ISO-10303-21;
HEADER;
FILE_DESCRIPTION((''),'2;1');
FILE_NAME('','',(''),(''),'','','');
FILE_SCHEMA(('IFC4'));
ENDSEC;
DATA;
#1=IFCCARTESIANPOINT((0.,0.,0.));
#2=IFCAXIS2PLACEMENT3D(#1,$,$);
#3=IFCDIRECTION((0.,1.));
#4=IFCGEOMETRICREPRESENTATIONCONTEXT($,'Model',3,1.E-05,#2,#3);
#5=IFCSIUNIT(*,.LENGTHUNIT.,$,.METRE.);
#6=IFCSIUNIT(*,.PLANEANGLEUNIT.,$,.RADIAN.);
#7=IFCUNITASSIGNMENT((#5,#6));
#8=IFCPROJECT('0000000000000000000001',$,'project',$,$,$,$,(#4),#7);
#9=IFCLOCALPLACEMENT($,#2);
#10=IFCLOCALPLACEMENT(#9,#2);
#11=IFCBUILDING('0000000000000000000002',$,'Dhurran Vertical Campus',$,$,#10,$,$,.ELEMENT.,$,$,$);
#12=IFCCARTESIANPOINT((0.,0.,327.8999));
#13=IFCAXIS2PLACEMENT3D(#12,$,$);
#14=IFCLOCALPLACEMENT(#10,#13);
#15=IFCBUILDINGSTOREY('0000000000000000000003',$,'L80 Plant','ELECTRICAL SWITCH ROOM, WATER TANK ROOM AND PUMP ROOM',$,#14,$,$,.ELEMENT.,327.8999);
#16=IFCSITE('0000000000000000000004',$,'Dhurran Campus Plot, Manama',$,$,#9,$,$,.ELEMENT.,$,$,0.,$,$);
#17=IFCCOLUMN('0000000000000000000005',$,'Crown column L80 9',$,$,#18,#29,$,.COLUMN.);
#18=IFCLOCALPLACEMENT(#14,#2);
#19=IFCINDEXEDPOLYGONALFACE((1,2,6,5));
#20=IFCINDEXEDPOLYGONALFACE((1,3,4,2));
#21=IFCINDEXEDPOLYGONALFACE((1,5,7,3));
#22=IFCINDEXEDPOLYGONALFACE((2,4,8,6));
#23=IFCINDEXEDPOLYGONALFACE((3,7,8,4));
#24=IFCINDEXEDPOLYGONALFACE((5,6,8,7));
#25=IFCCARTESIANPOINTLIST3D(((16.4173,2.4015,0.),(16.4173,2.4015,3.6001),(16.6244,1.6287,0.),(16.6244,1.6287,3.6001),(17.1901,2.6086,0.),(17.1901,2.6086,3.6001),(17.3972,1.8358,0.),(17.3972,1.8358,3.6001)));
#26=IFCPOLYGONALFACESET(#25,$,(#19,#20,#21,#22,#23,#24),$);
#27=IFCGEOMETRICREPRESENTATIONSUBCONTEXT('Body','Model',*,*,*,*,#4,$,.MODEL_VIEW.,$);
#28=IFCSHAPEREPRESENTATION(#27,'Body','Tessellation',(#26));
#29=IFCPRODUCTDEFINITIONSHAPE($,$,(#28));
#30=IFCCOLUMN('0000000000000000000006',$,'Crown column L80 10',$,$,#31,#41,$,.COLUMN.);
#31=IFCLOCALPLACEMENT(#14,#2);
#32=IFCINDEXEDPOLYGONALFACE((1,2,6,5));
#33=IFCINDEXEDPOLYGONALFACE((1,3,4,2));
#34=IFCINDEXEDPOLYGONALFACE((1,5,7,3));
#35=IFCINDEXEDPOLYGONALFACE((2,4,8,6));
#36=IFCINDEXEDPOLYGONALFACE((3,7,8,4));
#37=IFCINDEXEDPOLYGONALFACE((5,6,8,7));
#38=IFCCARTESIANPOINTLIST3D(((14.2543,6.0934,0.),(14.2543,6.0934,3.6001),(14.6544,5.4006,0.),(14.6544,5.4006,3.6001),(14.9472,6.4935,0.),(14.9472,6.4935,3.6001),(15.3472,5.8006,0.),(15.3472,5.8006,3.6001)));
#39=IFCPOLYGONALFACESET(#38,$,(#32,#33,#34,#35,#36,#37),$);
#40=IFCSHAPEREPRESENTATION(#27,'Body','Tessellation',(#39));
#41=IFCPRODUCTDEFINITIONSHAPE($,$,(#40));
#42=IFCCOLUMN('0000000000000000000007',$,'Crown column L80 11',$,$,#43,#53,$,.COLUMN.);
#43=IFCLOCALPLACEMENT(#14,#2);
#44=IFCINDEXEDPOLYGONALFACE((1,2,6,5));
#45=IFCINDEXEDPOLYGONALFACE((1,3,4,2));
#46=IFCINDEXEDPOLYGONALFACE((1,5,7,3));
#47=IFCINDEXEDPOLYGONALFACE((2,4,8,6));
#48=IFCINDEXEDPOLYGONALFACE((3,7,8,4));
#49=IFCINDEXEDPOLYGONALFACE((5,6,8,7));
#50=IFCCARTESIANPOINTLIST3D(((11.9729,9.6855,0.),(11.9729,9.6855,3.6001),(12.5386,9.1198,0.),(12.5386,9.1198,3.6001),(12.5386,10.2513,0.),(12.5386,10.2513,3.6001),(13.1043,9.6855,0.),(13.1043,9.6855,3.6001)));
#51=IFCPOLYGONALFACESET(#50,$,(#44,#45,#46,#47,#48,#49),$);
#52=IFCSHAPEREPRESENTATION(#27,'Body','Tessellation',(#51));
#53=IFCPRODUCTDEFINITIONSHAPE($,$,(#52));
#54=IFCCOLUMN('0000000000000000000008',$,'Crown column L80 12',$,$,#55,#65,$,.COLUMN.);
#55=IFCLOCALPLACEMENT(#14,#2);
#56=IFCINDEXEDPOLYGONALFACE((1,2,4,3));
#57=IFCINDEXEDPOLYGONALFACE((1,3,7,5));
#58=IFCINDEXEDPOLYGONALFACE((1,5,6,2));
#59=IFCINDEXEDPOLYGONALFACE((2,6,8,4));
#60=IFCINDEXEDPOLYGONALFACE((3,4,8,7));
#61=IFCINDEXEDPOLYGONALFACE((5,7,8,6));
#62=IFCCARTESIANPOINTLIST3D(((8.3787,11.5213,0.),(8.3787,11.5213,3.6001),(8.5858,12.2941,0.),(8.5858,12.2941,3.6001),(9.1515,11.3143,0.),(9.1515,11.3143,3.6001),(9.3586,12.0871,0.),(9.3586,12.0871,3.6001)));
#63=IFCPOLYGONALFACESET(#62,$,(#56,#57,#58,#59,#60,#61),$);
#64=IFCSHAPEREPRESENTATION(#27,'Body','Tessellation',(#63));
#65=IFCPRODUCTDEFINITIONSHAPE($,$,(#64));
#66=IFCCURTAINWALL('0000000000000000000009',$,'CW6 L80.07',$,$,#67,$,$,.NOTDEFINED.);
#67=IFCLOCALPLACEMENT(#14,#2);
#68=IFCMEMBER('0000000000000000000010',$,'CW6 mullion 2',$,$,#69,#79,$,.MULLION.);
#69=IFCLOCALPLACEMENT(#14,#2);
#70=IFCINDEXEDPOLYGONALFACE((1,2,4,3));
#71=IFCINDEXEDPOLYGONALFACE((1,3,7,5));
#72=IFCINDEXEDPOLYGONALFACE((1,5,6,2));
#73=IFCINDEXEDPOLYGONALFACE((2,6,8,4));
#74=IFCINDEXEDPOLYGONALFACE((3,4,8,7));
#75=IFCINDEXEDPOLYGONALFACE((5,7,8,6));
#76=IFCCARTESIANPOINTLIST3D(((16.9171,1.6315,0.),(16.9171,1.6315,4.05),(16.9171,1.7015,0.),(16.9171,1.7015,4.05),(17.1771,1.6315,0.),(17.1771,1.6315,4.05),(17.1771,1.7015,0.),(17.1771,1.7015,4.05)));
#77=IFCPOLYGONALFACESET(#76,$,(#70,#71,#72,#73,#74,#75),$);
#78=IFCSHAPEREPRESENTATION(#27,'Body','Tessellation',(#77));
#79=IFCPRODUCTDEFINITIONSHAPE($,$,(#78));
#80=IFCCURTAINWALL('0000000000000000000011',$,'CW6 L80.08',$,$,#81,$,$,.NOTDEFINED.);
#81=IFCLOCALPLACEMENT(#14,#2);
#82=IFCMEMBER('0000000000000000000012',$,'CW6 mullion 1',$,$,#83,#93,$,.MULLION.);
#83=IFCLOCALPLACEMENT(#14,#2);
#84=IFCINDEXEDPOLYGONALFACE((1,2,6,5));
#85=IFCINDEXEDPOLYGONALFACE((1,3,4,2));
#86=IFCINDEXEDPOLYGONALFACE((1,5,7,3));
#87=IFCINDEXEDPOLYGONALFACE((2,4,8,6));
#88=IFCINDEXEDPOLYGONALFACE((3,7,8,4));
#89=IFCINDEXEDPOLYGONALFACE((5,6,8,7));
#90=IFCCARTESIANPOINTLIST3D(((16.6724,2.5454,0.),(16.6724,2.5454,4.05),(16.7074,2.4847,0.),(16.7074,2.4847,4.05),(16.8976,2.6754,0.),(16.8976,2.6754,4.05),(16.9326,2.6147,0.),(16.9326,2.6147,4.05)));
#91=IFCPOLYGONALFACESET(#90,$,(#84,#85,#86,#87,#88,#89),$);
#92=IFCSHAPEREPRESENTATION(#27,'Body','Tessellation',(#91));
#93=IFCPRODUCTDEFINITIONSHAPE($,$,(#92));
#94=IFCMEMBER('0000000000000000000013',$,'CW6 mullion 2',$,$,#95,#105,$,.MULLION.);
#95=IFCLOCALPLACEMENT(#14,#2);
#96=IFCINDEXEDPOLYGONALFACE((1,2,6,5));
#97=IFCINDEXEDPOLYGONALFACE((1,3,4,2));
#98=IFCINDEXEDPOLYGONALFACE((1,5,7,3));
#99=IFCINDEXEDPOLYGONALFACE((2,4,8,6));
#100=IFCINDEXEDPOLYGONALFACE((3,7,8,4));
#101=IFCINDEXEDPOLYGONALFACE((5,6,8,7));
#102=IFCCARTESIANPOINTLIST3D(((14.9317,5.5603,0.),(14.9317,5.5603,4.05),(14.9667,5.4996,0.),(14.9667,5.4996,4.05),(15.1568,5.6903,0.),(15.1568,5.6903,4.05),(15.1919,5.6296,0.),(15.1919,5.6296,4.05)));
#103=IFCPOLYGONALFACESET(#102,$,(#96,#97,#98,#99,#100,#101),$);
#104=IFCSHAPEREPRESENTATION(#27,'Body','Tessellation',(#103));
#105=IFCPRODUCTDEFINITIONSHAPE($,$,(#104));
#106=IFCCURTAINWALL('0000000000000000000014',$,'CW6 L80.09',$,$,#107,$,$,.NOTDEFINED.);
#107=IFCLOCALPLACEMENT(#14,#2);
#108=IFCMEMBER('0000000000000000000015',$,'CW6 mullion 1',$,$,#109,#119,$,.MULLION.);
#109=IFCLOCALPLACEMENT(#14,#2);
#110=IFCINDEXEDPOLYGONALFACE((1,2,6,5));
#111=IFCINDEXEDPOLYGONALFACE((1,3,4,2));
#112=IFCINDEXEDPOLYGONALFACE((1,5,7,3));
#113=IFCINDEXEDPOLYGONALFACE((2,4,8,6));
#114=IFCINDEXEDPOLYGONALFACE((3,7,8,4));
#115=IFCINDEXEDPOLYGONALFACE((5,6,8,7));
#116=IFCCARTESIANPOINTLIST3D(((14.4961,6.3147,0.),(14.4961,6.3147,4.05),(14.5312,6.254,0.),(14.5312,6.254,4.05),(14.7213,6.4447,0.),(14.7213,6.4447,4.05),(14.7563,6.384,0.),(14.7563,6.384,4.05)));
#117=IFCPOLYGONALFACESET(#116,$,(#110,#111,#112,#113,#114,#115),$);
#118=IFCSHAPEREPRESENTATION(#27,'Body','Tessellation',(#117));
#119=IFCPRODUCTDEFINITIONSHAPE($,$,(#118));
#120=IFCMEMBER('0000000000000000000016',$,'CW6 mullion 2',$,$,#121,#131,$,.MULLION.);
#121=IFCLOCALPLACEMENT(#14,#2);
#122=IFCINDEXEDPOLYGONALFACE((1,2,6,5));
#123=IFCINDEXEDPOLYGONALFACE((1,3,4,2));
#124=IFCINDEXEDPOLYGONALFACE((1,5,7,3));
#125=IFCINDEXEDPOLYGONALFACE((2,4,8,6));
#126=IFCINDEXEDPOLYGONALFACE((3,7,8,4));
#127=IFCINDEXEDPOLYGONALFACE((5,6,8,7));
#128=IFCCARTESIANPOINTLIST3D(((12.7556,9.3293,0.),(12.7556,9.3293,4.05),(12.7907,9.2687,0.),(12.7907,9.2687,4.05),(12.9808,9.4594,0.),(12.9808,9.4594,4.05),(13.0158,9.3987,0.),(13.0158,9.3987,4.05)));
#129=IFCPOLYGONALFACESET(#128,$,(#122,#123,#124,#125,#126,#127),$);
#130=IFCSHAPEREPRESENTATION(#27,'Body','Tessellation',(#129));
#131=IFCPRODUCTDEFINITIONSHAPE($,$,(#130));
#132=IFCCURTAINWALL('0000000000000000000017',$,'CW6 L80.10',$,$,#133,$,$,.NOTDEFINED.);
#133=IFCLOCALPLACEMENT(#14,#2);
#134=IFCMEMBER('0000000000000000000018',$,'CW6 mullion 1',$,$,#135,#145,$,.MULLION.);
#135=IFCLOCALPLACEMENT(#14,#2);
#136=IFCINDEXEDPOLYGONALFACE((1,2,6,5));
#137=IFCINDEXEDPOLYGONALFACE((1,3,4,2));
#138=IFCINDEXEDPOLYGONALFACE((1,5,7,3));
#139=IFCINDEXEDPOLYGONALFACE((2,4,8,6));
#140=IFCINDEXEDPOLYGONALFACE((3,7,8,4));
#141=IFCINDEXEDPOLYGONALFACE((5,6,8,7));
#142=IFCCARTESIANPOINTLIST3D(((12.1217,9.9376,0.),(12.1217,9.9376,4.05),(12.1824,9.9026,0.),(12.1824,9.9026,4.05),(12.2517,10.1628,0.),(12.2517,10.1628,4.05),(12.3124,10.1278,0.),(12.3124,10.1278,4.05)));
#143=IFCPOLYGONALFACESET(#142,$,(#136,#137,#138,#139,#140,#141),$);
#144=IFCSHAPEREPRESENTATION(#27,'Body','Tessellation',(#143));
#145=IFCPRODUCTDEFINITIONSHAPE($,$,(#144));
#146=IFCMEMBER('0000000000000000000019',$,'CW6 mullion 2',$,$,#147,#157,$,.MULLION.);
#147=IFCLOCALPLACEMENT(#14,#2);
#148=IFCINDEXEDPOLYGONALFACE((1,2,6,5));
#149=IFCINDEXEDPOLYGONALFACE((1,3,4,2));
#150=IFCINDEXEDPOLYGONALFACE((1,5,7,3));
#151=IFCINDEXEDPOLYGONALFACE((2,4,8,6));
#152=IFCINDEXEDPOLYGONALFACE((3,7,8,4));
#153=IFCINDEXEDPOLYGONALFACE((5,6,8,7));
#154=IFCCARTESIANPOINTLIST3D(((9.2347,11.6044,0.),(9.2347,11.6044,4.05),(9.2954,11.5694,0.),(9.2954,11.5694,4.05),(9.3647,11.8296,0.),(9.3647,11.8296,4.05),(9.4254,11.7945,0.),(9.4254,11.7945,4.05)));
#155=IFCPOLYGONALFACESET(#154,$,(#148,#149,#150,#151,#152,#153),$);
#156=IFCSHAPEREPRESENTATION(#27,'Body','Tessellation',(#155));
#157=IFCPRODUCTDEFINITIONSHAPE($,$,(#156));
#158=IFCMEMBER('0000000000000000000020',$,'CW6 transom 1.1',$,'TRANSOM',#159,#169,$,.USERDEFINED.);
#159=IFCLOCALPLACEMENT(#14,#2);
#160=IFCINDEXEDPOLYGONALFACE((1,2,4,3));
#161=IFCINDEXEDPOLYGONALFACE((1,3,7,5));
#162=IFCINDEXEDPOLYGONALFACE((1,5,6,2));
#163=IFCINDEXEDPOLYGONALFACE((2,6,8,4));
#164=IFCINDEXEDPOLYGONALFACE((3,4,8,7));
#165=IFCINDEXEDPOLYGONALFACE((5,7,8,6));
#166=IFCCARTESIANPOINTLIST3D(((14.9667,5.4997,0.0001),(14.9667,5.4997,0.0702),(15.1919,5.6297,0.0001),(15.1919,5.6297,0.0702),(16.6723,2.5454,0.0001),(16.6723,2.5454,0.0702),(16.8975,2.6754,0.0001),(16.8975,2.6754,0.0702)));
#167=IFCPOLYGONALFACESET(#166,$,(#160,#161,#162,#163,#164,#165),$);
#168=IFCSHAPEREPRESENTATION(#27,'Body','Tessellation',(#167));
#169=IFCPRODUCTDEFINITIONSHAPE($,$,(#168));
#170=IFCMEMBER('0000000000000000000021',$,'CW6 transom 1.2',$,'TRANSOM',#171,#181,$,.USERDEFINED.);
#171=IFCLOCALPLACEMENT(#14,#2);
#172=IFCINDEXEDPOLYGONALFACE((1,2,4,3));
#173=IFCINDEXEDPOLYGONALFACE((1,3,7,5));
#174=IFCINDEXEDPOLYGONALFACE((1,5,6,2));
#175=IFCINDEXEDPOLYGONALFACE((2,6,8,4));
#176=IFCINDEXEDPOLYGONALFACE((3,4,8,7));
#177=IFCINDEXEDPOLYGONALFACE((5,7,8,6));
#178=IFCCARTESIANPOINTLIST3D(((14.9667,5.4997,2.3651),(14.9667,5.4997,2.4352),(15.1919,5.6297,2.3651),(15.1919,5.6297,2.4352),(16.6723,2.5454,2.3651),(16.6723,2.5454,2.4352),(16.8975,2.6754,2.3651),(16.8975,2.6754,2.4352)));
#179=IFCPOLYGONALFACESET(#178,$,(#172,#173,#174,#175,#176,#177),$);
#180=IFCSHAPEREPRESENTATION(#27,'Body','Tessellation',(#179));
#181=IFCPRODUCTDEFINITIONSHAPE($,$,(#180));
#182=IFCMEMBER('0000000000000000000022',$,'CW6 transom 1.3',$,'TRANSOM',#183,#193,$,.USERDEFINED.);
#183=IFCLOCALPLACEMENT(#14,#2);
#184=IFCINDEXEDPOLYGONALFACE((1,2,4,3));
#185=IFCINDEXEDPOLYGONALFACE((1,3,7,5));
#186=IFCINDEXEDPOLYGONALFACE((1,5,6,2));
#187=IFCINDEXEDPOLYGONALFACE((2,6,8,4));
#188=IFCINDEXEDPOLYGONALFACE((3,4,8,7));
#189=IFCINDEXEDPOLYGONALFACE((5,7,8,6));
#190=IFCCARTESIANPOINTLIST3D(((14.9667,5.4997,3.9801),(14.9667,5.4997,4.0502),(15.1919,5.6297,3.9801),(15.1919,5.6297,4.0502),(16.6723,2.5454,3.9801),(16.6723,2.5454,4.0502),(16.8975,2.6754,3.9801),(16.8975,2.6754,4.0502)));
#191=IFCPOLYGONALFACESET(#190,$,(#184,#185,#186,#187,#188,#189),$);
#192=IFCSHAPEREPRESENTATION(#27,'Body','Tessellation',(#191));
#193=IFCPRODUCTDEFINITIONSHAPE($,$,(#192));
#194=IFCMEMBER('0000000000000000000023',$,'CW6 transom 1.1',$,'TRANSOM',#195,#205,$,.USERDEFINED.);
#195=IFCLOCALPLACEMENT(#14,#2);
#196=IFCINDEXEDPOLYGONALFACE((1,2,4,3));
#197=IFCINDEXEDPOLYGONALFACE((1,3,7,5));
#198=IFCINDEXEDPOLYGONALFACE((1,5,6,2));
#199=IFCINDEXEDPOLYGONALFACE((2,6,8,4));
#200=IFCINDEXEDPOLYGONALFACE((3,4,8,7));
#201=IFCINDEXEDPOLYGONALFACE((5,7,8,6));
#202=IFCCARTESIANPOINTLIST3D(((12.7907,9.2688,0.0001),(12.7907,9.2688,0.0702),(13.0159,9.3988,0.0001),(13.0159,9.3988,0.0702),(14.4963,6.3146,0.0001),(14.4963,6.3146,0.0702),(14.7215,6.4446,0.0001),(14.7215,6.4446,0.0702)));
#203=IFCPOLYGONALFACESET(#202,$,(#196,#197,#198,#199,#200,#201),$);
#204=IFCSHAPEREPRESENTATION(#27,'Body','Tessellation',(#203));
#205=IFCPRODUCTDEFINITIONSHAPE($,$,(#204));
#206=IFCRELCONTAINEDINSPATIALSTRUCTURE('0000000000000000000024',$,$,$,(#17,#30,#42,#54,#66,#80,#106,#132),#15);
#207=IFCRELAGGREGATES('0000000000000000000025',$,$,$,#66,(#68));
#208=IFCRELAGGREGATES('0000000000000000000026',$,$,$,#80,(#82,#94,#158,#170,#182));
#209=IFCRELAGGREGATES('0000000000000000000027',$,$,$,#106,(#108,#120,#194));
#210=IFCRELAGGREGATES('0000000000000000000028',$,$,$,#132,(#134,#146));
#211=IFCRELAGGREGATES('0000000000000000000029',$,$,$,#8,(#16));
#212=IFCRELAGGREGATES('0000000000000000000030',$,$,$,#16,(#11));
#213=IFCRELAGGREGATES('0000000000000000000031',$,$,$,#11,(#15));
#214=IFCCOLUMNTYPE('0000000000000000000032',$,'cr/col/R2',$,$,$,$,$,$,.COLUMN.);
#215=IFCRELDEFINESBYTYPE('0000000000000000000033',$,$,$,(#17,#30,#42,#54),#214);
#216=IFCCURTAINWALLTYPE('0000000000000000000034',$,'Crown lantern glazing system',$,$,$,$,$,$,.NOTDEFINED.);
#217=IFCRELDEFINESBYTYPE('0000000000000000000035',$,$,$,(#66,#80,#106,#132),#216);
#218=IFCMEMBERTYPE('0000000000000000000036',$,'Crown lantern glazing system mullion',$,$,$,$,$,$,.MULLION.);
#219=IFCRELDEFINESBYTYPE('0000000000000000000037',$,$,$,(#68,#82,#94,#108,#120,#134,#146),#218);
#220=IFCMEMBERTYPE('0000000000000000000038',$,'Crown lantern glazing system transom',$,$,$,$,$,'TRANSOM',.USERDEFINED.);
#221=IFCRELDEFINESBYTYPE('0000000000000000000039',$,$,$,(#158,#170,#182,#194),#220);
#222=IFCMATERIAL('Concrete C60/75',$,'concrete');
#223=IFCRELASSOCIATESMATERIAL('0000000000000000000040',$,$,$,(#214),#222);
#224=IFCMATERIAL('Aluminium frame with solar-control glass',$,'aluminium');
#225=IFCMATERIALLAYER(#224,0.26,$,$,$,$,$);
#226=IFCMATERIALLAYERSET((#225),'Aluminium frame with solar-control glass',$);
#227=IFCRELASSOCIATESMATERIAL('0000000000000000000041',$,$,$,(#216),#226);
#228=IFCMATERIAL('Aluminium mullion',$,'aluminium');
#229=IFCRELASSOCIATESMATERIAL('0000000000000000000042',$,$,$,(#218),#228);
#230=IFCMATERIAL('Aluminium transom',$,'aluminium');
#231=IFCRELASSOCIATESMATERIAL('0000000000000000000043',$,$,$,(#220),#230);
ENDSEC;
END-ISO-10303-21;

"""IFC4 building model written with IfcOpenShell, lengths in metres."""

from ifc_helpers import new_model, si_unit, direction, frame, origin, origin_2d, place, context, subcontext, project, spatial, rectangle, extrude, material, layer, layer_set, material_profile, profile_set, type_object, element, aggregate, save


model = new_model("IFC4")

# Units and contexts
model_context = context("Model", 3, precision=1e-05, world=origin(), true_north=direction((0.0, 1.0)))
body_context = subcontext(model_context, "Body", "Model", "MODEL_VIEW")
ifc_project = project(units=[si_unit("LENGTHUNIT", "METRE"), si_unit("PLANEANGLEUNIT", "RADIAN")], contexts=[model_context])

# Site, building, storey
site_placement = place(None, origin())
site = spatial("IfcSite", under=ifc_project, at=site_placement, Name="Dhurran Campus Plot, Manama", CompositionType="ELEMENT", RefElevation=0.0)
building_placement = place(site_placement, origin())
building = spatial("IfcBuilding", under=site, at=building_placement, Name="Dhurran Vertical Campus", CompositionType="ELEMENT")
storey_placement = place(building_placement, frame((0.0, 0.0, 327.8999)))
storey = spatial("IfcBuildingStorey", under=building, at=storey_placement, Name="L80 Plant", Description="ELECTRICAL SWITCH ROOM, WATER TANK ROOM AND PUMP ROOM", CompositionType="ELEMENT", Elevation=327.8999)

# Columns
ifc_material_1 = material(Name="Concrete C60/75", Category="concrete")
ifc_material_profile_1 = material_profile(ifc_material_1, rectangle(XDim=0.8, YDim=0.8, at=origin_2d()), Name="cr/col/R2")
ifc_profile_set_1 = profile_set([ifc_material_profile_1], Name="Concrete C60/75")
column_type = type_object("IfcColumnType", Name="cr/col/R2", PredefinedType="COLUMN", material=ifc_profile_set_1)
for number, where, z_axis, x_axis, name in (
    (1, (16.9072, 2.1187, 0.0), (0.0, 0.0, 1.0), (-0.258819, 0.965926, 0.0), "Crown column L80 9"),
    (2, (14.8008, 5.947, 0.0), (0.0, 0.0, 1.0), (-0.5, 0.866025, 0.0), "Crown column L80 10"),
    (3, (12.5386, 9.6855, 0.0), (0.0, 0.0, 1.0), (-0.707107, 0.707107, 0.0), "Crown column L80 11"),
    (4, (8.8687, 11.8042, 0.0), (0.0, 0.0, 1.0), (-0.965926, 0.258819, 0.0), "Crown column L80 12"),
):
    element("IfcColumn", number, at=place(storey_placement, frame(where, z_axis=z_axis, x_axis=x_axis)), inside=storey, type_object=column_type, Name=name, PredefinedType="COLUMN", context=body_context, shape_type="SweptSolid", body=[
        extrude(rectangle(XDim=0.8, YDim=0.8, at=origin_2d()), origin(), (0.0, 0.0, 1.0), 3.6001),
    ])

# Curtain wall, member
ifc_material_2 = material(Name="Aluminium frame with solar-control glass", Category="aluminium")
ifc_layer_1 = layer(ifc_material_2, 0.26)
ifc_layer_set_1 = layer_set([ifc_layer_1], Name="Aluminium frame with solar-control glass")
curtain_wall_type = type_object("IfcCurtainWallType", Name="Crown lantern glazing system", PredefinedType="NOTDEFINED", material=ifc_layer_set_1)
curtain_wall_1_placement = place(storey_placement, origin())
curtain_wall_1 = element("IfcCurtainWall", 5, at=curtain_wall_1_placement, inside=storey, type_object=curtain_wall_type, Name="CW6 L80.07", PredefinedType="NOTDEFINED")
ifc_material_3 = material(Name="Aluminium mullion", Category="aluminium")
ifc_material_profile_2 = material_profile(ifc_material_3, rectangle(XDim=0.26, YDim=0.0701, at=origin_2d()), Name="Crown lantern glazing system mullion")
ifc_profile_set_2 = profile_set([ifc_material_profile_2], Name="Aluminium mullion")
member_type_1 = type_object("IfcMemberType", Name="Crown lantern glazing system mullion", PredefinedType="MULLION", material=ifc_profile_set_2)
member_1_placement = place(storey_placement, frame((17.0471, 1.6665, 0.0), z_axis=(0.0, 0.0, 1.0), x_axis=(-1.0, 0.0, 0.0)))
member_1 = element("IfcMember", 6, at=member_1_placement, type_object=member_type_1, Name="CW6 mullion 2", PredefinedType="MULLION", context=body_context, shape_type="SweptSolid", body=[
    extrude(rectangle(XDim=0.26, YDim=0.0701, at=origin_2d()), origin(), (0.0, 0.0, 1.0), 4.05),
])

# Curtain walls, members
curtain_wall_2_placement = place(storey_placement, origin())
curtain_wall_2 = element("IfcCurtainWall", 7, at=curtain_wall_2_placement, inside=storey, type_object=curtain_wall_type, Name="CW6 L80.08", PredefinedType="NOTDEFINED")
member_2_placement = place(storey_placement, frame((16.8025, 2.5801, 0.0), z_axis=(0.0, 0.0, 1.0), x_axis=(-0.86603, -0.499991, 0.0)))
member_2 = element("IfcMember", 8, at=member_2_placement, type_object=member_type_1, Name="CW6 mullion 1", PredefinedType="MULLION", context=body_context, shape_type="SweptSolid", body=[
    extrude(rectangle(XDim=0.26, YDim=0.0701, at=origin_2d()), origin(), (0.0, 0.0, 1.0), 4.05),
])
member_3_placement = place(storey_placement, frame((15.0618, 5.595, 0.0), z_axis=(0.0, 0.0, 1.0), x_axis=(-0.86603, -0.499991, 0.0)))
member_3 = element("IfcMember", 9, at=member_3_placement, type_object=member_type_1, Name="CW6 mullion 2", PredefinedType="MULLION", context=body_context, shape_type="SweptSolid", body=[
    extrude(rectangle(XDim=0.26, YDim=0.0701, at=origin_2d()), origin(), (0.0, 0.0, 1.0), 4.05),
])
curtain_wall_3_placement = place(storey_placement, origin())
curtain_wall_3 = element("IfcCurtainWall", 10, at=curtain_wall_3_placement, inside=storey, type_object=curtain_wall_type, Name="CW6 L80.09", PredefinedType="NOTDEFINED")
member_4_placement = place(storey_placement, frame((14.6262, 6.3494, 0.0), z_axis=(0.0, 0.0, 1.0), x_axis=(-0.866016, -0.500016, 0.0)))
member_4 = element("IfcMember", 11, at=member_4_placement, type_object=member_type_1, Name="CW6 mullion 1", PredefinedType="MULLION", context=body_context, shape_type="SweptSolid", body=[
    extrude(rectangle(XDim=0.26, YDim=0.0701, at=origin_2d()), origin(), (0.0, 0.0, 1.0), 4.05),
])
member_5_placement = place(storey_placement, frame((12.8857, 9.364, 0.0), z_axis=(0.0, 0.0, 1.0), x_axis=(-0.866016, -0.500016, 0.0)))
member_5 = element("IfcMember", 12, at=member_5_placement, type_object=member_type_1, Name="CW6 mullion 2", PredefinedType="MULLION", context=body_context, shape_type="SweptSolid", body=[
    extrude(rectangle(XDim=0.26, YDim=0.0701, at=origin_2d()), origin(), (0.0, 0.0, 1.0), 4.05),
])
curtain_wall_4_placement = place(storey_placement, origin())
curtain_wall_4 = element("IfcCurtainWall", 13, at=curtain_wall_4_placement, inside=storey, type_object=curtain_wall_type, Name="CW6 L80.10", PredefinedType="NOTDEFINED")
member_6_placement = place(storey_placement, frame((12.217, 10.0327, 0.0), z_axis=(0.0, 0.0, 1.0), x_axis=(-0.499991, -0.86603, 0.0)))
member_6 = element("IfcMember", 14, at=member_6_placement, type_object=member_type_1, Name="CW6 mullion 1", PredefinedType="MULLION", context=body_context, shape_type="SweptSolid", body=[
    extrude(rectangle(XDim=0.26, YDim=0.0701, at=origin_2d()), origin(), (0.0, 0.0, 1.0), 4.05),
])
member_7_placement = place(storey_placement, frame((9.3301, 11.6995, 0.0), z_axis=(0.0, 0.0, 1.0), x_axis=(-0.499991, -0.86603, 0.0)))
member_7 = element("IfcMember", 15, at=member_7_placement, type_object=member_type_1, Name="CW6 mullion 2", PredefinedType="MULLION", context=body_context, shape_type="SweptSolid", body=[
    extrude(rectangle(XDim=0.26, YDim=0.0701, at=origin_2d()), origin(), (0.0, 0.0, 1.0), 4.05),
])

# Members
ifc_material_4 = material(Name="Aluminium transom", Category="aluminium")
ifc_material_profile_3 = material_profile(ifc_material_4, rectangle(XDim=0.26, YDim=0.0701, at=origin_2d()), Name="Crown lantern glazing system transom")
ifc_profile_set_3 = profile_set([ifc_material_profile_3], Name="Aluminium transom")
member_type_2 = type_object("IfcMemberType", Name="Crown lantern glazing system transom", ElementType="TRANSOM", PredefinedType="USERDEFINED", material=ifc_profile_set_3)
member_8_placement = place(storey_placement, frame((16.7849, 2.6104, 0.0352), z_axis=(-0.499972, 0.866041, 0.0), x_axis=(-0.866041, -0.499972, 0.0)))
member_8 = element("IfcMember", 16, at=member_8_placement, type_object=member_type_2, Name="CW6 transom 1.1", ObjectType="TRANSOM", PredefinedType="USERDEFINED", context=body_context, shape_type="SweptSolid", body=[
    extrude(rectangle(XDim=0.26, YDim=0.0701, at=origin_2d()), origin(), (0.0, 0.0, 1.0), 3.4114),
])
member_9_placement = place(storey_placement, frame((16.7849, 2.6104, 2.4001), z_axis=(-0.499972, 0.866041, 0.0), x_axis=(-0.866041, -0.499972, 0.0)))
member_9 = element("IfcMember", 17, at=member_9_placement, type_object=member_type_2, Name="CW6 transom 1.2", ObjectType="TRANSOM", PredefinedType="USERDEFINED", context=body_context, shape_type="SweptSolid", body=[
    extrude(rectangle(XDim=0.26, YDim=0.0701, at=origin_2d()), origin(), (0.0, 0.0, 1.0), 3.4114),
])
member_10_placement = place(storey_placement, frame((16.7849, 2.6104, 4.0151), z_axis=(-0.499972, 0.866041, 0.0), x_axis=(-0.866041, -0.499972, 0.0)))
member_10 = element("IfcMember", 18, at=member_10_placement, type_object=member_type_2, Name="CW6 transom 1.3", ObjectType="TRANSOM", PredefinedType="USERDEFINED", context=body_context, shape_type="SweptSolid", body=[
    extrude(rectangle(XDim=0.26, YDim=0.0701, at=origin_2d()), origin(), (0.0, 0.0, 1.0), 3.4114),
])
member_11_placement = place(storey_placement, frame((14.6089, 6.3796, 0.0352), z_axis=(-0.500003, 0.866023, 0.0), x_axis=(-0.866023, -0.500003, 0.0)))
member_11 = element("IfcMember", 19, at=member_11_placement, type_object=member_type_2, Name="CW6 transom 1.1", ObjectType="TRANSOM", PredefinedType="USERDEFINED", context=body_context, shape_type="SweptSolid", body=[
    extrude(rectangle(XDim=0.26, YDim=0.0701, at=origin_2d()), origin(), (0.0, 0.0, 1.0), 3.4111),
])

aggregate(curtain_wall_1, [member_1])
aggregate(curtain_wall_2, [member_2, member_3, member_8, member_9, member_10])
aggregate(curtain_wall_3, [member_4, member_5, member_11])
aggregate(curtain_wall_4, [member_6, member_7])

save(model, "model.ifc")
